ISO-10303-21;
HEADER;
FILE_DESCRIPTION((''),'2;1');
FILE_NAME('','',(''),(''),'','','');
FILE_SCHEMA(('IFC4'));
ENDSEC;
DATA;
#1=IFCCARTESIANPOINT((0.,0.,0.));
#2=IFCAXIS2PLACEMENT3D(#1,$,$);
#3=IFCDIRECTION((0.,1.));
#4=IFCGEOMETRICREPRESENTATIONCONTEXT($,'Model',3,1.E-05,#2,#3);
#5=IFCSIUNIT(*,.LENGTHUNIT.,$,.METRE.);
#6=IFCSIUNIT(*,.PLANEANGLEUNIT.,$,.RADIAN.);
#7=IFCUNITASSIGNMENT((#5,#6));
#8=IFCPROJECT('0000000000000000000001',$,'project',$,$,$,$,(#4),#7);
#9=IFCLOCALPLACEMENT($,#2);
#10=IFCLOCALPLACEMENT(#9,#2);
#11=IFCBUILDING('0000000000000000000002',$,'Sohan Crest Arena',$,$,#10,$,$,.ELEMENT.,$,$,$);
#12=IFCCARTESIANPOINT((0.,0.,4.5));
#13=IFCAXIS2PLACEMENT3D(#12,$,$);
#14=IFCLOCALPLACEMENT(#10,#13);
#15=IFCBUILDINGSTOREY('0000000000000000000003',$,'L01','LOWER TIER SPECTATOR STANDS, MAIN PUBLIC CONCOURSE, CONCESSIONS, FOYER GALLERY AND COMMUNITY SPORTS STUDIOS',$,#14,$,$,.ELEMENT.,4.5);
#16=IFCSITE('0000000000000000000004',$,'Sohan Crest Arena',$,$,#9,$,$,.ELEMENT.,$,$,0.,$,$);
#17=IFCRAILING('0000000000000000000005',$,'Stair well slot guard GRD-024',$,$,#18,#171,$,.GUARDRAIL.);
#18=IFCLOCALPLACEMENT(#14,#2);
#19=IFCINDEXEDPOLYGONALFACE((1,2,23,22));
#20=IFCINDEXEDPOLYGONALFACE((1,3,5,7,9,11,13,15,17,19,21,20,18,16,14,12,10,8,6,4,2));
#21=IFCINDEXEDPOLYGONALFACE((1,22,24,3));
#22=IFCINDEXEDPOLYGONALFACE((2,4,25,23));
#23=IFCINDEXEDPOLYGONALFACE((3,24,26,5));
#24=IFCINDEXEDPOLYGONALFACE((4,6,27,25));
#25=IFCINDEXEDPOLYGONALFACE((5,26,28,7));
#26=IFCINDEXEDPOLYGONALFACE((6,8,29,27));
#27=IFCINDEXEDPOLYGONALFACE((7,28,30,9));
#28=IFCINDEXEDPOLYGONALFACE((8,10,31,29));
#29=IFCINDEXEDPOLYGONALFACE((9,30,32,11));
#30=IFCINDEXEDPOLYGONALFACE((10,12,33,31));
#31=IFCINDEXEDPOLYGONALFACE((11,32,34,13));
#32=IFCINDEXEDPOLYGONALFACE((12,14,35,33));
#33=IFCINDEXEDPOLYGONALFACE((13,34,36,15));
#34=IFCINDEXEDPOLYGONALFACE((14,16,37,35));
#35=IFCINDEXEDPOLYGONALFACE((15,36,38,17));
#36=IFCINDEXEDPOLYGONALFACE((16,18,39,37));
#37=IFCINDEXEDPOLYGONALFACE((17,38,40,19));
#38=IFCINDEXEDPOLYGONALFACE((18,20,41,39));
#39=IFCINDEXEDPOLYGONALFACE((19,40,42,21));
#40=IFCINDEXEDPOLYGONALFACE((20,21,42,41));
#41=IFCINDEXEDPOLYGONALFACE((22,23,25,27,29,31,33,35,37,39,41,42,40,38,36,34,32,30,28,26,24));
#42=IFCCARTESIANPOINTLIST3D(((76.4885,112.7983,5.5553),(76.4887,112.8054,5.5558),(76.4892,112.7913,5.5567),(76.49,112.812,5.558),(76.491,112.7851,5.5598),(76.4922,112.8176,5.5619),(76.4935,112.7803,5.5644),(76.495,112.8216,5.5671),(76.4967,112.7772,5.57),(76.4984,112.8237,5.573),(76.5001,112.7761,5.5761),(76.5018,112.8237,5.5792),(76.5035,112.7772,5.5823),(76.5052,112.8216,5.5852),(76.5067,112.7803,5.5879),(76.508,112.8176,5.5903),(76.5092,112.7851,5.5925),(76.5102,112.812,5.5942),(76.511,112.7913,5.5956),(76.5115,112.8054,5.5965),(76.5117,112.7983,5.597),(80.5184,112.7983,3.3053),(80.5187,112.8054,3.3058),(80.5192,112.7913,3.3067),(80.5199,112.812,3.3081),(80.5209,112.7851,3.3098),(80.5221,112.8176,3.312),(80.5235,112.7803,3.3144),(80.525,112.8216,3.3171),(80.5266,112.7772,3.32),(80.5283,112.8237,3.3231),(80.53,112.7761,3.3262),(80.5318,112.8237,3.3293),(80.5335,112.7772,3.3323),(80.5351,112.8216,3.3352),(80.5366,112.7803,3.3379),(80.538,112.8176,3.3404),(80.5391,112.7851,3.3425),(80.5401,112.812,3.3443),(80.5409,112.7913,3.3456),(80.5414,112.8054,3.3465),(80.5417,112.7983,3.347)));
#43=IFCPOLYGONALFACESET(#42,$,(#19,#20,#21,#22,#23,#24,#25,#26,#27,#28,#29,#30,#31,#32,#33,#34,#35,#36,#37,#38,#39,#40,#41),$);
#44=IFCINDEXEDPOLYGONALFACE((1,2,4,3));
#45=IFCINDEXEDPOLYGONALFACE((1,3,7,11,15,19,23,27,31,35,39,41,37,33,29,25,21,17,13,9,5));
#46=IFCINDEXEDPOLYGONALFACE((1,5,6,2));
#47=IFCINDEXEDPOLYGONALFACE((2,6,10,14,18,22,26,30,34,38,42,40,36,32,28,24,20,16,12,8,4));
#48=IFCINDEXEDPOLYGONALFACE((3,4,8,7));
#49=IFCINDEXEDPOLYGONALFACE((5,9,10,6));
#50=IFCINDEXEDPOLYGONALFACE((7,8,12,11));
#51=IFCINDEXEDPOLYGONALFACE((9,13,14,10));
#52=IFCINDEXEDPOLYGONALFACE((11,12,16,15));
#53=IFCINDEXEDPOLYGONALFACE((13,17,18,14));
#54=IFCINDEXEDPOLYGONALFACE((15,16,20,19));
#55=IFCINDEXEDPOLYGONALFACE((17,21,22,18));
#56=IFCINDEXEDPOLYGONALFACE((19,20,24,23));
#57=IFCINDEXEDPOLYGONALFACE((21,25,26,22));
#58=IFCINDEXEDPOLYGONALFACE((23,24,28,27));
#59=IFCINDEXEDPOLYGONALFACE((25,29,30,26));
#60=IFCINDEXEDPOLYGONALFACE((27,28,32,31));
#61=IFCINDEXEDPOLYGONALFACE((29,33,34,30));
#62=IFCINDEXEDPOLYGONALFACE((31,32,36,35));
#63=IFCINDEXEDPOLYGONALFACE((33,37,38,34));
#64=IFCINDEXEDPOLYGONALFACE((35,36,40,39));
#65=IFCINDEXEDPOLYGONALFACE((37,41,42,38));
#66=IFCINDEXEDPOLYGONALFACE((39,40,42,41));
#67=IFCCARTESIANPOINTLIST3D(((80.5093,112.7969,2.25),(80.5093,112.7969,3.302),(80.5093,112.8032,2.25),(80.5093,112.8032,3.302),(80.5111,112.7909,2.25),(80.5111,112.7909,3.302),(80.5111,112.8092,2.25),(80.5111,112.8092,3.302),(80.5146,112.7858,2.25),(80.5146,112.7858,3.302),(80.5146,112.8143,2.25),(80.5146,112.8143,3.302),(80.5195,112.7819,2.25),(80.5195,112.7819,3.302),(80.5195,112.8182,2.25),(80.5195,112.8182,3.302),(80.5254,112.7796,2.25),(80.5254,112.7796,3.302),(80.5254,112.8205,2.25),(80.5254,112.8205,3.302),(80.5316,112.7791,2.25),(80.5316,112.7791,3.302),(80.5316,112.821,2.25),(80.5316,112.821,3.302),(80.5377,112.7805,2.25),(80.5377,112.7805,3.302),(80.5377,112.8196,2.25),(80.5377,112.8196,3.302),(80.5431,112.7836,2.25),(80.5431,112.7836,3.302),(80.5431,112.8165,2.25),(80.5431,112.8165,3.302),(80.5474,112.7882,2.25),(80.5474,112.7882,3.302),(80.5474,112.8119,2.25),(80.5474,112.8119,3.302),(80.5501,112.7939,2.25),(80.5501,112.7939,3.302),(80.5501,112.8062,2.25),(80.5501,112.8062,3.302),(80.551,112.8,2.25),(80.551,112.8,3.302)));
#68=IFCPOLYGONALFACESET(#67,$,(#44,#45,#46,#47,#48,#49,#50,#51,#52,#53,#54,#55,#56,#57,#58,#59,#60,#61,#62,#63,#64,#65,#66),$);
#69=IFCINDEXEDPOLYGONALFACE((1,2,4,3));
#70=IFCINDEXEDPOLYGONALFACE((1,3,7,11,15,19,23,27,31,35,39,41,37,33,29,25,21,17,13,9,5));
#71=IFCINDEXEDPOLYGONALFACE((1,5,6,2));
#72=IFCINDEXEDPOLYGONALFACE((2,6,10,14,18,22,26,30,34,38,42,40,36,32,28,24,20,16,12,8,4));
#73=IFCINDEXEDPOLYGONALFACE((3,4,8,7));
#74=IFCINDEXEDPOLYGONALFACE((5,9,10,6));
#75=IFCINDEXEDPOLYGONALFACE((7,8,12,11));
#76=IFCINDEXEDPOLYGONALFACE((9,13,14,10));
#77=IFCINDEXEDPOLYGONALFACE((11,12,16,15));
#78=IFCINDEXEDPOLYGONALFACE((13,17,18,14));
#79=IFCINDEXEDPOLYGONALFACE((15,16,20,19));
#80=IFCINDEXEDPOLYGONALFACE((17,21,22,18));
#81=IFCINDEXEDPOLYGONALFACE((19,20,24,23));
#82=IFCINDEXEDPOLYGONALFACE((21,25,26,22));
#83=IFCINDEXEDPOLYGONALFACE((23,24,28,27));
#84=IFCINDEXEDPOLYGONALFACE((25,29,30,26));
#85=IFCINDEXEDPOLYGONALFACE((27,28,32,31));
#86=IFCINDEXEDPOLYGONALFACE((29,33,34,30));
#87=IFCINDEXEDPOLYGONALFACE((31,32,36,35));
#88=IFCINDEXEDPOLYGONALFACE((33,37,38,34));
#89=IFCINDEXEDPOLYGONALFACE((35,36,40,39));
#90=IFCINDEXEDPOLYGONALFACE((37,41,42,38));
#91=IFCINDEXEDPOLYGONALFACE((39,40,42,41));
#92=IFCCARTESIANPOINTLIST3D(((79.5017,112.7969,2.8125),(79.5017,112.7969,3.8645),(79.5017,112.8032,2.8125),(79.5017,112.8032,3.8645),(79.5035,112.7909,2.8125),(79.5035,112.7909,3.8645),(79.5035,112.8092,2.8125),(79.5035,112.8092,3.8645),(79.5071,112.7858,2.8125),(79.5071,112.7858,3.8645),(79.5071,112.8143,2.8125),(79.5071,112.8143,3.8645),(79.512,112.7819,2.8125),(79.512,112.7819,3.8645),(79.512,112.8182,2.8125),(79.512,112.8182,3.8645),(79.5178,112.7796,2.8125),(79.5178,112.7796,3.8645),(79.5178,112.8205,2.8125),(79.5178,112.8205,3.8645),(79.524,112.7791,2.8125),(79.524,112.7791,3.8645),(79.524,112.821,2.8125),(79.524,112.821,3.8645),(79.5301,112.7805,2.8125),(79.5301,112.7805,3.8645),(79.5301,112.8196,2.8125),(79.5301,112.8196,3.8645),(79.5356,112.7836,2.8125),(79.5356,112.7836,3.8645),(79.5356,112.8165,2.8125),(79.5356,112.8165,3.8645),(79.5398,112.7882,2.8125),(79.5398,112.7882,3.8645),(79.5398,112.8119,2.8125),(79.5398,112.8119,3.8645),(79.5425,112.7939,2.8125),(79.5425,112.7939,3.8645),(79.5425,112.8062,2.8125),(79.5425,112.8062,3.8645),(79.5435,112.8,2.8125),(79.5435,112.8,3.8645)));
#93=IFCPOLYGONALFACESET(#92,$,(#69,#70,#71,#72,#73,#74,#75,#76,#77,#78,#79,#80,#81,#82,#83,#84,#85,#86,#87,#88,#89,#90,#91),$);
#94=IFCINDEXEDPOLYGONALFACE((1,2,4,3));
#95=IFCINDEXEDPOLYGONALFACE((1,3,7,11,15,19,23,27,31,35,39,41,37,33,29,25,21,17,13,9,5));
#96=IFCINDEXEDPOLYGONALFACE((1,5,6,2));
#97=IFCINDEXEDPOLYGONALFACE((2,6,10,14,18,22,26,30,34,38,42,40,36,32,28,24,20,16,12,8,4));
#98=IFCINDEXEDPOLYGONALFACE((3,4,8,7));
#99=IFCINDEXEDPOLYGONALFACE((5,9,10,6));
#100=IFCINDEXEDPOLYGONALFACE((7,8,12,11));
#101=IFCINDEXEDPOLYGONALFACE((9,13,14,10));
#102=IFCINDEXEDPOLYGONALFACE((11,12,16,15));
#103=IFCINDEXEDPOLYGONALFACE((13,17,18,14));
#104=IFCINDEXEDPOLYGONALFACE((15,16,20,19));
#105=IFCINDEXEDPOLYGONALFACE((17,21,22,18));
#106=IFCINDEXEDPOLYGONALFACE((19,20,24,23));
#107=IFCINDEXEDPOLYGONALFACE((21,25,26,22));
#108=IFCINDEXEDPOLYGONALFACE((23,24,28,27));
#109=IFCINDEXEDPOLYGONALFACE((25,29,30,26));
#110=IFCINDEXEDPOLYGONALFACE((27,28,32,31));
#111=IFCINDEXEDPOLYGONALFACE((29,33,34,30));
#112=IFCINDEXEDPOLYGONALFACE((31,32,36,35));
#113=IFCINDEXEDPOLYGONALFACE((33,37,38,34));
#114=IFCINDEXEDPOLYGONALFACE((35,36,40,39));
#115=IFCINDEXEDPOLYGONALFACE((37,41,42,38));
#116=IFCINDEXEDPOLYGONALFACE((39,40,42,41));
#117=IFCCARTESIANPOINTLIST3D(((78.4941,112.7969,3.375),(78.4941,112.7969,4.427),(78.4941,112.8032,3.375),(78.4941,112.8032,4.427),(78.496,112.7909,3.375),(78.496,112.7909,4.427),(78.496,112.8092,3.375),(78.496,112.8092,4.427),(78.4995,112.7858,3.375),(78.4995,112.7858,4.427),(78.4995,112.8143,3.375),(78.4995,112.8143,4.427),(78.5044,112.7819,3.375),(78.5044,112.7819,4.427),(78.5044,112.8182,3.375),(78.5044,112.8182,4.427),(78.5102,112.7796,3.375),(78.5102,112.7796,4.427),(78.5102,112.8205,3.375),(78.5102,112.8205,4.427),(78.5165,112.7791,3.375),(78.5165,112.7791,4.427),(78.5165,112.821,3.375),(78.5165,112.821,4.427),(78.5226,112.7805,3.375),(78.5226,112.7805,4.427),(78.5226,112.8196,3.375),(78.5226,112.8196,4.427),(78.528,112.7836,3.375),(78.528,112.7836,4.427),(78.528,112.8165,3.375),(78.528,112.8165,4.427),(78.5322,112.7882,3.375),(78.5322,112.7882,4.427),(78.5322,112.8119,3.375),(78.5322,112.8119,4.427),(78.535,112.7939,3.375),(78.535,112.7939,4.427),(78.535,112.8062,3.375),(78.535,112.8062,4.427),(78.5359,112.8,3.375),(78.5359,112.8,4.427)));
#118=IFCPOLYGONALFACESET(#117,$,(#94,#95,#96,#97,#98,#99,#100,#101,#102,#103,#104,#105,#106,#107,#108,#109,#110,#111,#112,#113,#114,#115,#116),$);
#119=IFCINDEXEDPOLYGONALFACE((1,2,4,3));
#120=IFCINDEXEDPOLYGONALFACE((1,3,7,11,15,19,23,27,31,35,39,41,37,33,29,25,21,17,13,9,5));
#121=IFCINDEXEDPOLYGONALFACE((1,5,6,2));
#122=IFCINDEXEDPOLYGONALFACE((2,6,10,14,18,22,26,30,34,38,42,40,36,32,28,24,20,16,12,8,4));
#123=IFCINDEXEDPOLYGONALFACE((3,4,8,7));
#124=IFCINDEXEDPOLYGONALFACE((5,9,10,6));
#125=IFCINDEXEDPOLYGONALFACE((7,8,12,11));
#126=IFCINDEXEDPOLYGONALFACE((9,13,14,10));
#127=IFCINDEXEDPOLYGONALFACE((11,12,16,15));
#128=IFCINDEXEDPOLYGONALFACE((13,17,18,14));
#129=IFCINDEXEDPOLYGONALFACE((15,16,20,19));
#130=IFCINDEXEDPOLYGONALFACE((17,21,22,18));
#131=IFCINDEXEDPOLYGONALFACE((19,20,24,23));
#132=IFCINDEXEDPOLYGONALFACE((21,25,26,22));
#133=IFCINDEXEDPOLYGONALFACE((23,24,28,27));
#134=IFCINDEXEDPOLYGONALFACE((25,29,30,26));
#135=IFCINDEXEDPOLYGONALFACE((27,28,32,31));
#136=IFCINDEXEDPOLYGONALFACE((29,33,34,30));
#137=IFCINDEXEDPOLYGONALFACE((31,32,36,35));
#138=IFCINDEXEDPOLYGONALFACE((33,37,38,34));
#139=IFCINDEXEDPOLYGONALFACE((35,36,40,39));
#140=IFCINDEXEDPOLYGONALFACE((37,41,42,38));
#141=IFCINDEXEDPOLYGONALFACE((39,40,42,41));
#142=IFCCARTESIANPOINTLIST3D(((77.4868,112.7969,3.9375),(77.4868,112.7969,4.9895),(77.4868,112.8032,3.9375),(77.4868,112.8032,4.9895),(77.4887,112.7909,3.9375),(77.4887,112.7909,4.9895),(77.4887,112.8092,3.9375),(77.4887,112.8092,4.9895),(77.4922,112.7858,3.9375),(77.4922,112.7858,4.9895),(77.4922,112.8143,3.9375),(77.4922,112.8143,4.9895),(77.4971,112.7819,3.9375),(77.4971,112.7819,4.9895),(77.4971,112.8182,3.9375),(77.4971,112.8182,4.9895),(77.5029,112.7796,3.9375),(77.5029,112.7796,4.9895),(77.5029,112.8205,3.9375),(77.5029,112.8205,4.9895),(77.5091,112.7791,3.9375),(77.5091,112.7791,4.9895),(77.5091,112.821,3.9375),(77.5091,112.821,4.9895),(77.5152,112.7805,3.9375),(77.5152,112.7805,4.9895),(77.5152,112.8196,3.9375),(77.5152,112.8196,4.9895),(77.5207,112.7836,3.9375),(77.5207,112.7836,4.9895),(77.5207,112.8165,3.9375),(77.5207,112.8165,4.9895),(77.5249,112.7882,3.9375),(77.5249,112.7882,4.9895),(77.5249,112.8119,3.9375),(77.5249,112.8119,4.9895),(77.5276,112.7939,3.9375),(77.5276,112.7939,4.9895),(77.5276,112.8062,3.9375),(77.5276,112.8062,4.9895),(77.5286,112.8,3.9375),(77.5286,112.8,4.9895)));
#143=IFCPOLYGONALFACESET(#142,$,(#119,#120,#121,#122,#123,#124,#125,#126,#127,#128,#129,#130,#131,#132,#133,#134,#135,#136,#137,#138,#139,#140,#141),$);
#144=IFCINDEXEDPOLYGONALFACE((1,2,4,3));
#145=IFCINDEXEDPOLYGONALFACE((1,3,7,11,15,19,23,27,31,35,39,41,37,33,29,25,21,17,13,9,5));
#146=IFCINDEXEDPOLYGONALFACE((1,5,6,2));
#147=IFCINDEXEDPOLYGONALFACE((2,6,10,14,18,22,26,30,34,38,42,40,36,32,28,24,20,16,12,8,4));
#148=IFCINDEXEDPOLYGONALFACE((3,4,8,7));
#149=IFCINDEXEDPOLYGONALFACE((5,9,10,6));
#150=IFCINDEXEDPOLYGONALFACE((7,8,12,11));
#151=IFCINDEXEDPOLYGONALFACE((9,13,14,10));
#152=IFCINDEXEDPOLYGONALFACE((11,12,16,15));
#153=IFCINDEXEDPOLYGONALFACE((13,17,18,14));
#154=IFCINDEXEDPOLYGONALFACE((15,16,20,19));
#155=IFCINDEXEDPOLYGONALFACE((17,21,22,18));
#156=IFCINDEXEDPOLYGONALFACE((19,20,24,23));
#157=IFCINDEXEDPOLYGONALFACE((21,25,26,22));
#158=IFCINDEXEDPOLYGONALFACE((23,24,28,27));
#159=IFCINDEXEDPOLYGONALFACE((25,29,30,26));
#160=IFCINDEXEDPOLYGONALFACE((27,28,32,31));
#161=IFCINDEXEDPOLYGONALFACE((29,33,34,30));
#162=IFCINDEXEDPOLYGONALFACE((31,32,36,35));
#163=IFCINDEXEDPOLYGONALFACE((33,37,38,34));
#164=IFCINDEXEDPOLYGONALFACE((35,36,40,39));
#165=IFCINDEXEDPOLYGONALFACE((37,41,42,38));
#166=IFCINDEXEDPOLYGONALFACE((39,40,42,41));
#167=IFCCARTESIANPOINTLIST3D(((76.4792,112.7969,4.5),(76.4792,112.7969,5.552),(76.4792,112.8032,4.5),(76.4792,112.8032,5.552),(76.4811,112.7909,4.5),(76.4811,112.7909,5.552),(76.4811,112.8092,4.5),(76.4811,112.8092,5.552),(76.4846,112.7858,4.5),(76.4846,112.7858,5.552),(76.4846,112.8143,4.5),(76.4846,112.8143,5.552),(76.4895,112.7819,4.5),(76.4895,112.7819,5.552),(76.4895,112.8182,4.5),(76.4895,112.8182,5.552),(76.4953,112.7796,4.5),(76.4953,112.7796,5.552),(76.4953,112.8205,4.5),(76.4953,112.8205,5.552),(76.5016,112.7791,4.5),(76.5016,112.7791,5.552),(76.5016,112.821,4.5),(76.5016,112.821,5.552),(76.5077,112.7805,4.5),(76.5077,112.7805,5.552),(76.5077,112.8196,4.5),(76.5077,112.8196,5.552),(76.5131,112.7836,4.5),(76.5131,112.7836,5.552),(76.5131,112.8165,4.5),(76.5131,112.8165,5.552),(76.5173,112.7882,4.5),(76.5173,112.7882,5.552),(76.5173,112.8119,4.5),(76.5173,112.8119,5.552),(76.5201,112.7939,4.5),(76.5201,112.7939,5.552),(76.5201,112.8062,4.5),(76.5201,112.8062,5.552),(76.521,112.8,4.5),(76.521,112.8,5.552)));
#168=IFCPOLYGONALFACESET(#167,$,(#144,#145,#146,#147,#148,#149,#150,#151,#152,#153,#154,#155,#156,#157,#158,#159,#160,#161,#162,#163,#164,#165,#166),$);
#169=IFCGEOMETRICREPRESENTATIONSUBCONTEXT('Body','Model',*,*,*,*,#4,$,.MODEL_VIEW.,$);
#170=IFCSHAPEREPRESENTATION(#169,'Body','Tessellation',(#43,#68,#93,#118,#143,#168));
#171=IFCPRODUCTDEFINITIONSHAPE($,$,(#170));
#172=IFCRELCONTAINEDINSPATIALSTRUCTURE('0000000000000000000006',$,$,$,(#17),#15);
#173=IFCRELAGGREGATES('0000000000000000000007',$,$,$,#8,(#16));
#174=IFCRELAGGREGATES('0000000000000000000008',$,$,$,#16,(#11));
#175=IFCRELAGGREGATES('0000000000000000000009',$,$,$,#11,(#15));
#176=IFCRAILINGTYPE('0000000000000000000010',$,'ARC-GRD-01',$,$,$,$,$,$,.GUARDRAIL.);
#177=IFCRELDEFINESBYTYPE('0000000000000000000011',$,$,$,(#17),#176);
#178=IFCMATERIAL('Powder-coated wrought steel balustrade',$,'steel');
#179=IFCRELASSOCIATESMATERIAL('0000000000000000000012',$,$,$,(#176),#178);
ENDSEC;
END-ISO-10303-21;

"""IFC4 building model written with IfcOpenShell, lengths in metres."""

from ifc_helpers import new_model, si_unit, direction, frame, origin, origin_2d, place, context, subcontext, project, spatial, circle, extrude, material, type_object, element, save


model = new_model("IFC4")

# Units and contexts
model_context = context("Model", 3, precision=1e-05, world=origin(), true_north=direction((0.0, 1.0)))
body_context = subcontext(model_context, "Body", "Model", "MODEL_VIEW")
ifc_project = project(units=[si_unit("LENGTHUNIT", "METRE"), si_unit("PLANEANGLEUNIT", "RADIAN")], contexts=[model_context])

# Site, building, storey
site_placement = place(None, origin())
site = spatial("IfcSite", under=ifc_project, at=site_placement, Name="Sohan Crest Arena", CompositionType="ELEMENT", RefElevation=0.0)
building_placement = place(site_placement, origin())
building = spatial("IfcBuilding", under=site, at=building_placement, Name="Sohan Crest Arena", CompositionType="ELEMENT")
storey_placement = place(building_placement, frame((0.0, 0.0, 4.5)))
storey = spatial("IfcBuildingStorey", under=building, at=storey_placement, Name="L01", Description="LOWER TIER SPECTATOR STANDS, MAIN PUBLIC CONCOURSE, CONCESSIONS, FOYER GALLERY AND COMMUNITY SPORTS STUDIOS", CompositionType="ELEMENT", Elevation=4.5)

# Railing
ifc_material_1 = material(Name="Powder-coated wrought steel balustrade", Category="steel")
railing_type_1 = type_object("IfcRailingType", Name="ARC-GRD-01", PredefinedType="GUARDRAIL", material=ifc_material_1)
railing_1_placement = place(storey_placement, frame((80.53, 112.8, 2.25)))
element("IfcRailing", 1, at=railing_1_placement, inside=storey, type_object=railing_type_1, Name="Stair well slot guard GRD-024", PredefinedType="GUARDRAIL", context=body_context, shape_type="SweptSolid", body=[
    extrude(circle(Radius=0.0239, at=origin_2d()), frame((0.0, 0.0, 1.0762), z_axis=(-0.873135, 0.0, 0.487479), x_axis=(0.0, -1.0, 0.0)), (0.0, 0.0, 1.0), 4.6155),
    extrude(circle(Radius=0.021, at=origin_2d()), origin(), (0.0, 0.0, 1.0), 1.052),
    extrude(circle(Radius=0.021, at=origin_2d()), frame((-1.0076, 0.0, 0.5625)), (0.0, 0.0, 1.0), 1.052),
    extrude(circle(Radius=0.021, at=origin_2d()), frame((-2.0151, 0.0, 1.125)), (0.0, 0.0, 1.0), 1.052),
    extrude(circle(Radius=0.021, at=origin_2d()), frame((-3.0225, 0.0, 1.6875)), (0.0, 0.0, 1.0), 1.052),
    extrude(circle(Radius=0.021, at=origin_2d()), frame((-4.03, 0.0, 2.25)), (0.0, 0.0, 1.0), 1.052),
])

save(model, "model.ifc")
